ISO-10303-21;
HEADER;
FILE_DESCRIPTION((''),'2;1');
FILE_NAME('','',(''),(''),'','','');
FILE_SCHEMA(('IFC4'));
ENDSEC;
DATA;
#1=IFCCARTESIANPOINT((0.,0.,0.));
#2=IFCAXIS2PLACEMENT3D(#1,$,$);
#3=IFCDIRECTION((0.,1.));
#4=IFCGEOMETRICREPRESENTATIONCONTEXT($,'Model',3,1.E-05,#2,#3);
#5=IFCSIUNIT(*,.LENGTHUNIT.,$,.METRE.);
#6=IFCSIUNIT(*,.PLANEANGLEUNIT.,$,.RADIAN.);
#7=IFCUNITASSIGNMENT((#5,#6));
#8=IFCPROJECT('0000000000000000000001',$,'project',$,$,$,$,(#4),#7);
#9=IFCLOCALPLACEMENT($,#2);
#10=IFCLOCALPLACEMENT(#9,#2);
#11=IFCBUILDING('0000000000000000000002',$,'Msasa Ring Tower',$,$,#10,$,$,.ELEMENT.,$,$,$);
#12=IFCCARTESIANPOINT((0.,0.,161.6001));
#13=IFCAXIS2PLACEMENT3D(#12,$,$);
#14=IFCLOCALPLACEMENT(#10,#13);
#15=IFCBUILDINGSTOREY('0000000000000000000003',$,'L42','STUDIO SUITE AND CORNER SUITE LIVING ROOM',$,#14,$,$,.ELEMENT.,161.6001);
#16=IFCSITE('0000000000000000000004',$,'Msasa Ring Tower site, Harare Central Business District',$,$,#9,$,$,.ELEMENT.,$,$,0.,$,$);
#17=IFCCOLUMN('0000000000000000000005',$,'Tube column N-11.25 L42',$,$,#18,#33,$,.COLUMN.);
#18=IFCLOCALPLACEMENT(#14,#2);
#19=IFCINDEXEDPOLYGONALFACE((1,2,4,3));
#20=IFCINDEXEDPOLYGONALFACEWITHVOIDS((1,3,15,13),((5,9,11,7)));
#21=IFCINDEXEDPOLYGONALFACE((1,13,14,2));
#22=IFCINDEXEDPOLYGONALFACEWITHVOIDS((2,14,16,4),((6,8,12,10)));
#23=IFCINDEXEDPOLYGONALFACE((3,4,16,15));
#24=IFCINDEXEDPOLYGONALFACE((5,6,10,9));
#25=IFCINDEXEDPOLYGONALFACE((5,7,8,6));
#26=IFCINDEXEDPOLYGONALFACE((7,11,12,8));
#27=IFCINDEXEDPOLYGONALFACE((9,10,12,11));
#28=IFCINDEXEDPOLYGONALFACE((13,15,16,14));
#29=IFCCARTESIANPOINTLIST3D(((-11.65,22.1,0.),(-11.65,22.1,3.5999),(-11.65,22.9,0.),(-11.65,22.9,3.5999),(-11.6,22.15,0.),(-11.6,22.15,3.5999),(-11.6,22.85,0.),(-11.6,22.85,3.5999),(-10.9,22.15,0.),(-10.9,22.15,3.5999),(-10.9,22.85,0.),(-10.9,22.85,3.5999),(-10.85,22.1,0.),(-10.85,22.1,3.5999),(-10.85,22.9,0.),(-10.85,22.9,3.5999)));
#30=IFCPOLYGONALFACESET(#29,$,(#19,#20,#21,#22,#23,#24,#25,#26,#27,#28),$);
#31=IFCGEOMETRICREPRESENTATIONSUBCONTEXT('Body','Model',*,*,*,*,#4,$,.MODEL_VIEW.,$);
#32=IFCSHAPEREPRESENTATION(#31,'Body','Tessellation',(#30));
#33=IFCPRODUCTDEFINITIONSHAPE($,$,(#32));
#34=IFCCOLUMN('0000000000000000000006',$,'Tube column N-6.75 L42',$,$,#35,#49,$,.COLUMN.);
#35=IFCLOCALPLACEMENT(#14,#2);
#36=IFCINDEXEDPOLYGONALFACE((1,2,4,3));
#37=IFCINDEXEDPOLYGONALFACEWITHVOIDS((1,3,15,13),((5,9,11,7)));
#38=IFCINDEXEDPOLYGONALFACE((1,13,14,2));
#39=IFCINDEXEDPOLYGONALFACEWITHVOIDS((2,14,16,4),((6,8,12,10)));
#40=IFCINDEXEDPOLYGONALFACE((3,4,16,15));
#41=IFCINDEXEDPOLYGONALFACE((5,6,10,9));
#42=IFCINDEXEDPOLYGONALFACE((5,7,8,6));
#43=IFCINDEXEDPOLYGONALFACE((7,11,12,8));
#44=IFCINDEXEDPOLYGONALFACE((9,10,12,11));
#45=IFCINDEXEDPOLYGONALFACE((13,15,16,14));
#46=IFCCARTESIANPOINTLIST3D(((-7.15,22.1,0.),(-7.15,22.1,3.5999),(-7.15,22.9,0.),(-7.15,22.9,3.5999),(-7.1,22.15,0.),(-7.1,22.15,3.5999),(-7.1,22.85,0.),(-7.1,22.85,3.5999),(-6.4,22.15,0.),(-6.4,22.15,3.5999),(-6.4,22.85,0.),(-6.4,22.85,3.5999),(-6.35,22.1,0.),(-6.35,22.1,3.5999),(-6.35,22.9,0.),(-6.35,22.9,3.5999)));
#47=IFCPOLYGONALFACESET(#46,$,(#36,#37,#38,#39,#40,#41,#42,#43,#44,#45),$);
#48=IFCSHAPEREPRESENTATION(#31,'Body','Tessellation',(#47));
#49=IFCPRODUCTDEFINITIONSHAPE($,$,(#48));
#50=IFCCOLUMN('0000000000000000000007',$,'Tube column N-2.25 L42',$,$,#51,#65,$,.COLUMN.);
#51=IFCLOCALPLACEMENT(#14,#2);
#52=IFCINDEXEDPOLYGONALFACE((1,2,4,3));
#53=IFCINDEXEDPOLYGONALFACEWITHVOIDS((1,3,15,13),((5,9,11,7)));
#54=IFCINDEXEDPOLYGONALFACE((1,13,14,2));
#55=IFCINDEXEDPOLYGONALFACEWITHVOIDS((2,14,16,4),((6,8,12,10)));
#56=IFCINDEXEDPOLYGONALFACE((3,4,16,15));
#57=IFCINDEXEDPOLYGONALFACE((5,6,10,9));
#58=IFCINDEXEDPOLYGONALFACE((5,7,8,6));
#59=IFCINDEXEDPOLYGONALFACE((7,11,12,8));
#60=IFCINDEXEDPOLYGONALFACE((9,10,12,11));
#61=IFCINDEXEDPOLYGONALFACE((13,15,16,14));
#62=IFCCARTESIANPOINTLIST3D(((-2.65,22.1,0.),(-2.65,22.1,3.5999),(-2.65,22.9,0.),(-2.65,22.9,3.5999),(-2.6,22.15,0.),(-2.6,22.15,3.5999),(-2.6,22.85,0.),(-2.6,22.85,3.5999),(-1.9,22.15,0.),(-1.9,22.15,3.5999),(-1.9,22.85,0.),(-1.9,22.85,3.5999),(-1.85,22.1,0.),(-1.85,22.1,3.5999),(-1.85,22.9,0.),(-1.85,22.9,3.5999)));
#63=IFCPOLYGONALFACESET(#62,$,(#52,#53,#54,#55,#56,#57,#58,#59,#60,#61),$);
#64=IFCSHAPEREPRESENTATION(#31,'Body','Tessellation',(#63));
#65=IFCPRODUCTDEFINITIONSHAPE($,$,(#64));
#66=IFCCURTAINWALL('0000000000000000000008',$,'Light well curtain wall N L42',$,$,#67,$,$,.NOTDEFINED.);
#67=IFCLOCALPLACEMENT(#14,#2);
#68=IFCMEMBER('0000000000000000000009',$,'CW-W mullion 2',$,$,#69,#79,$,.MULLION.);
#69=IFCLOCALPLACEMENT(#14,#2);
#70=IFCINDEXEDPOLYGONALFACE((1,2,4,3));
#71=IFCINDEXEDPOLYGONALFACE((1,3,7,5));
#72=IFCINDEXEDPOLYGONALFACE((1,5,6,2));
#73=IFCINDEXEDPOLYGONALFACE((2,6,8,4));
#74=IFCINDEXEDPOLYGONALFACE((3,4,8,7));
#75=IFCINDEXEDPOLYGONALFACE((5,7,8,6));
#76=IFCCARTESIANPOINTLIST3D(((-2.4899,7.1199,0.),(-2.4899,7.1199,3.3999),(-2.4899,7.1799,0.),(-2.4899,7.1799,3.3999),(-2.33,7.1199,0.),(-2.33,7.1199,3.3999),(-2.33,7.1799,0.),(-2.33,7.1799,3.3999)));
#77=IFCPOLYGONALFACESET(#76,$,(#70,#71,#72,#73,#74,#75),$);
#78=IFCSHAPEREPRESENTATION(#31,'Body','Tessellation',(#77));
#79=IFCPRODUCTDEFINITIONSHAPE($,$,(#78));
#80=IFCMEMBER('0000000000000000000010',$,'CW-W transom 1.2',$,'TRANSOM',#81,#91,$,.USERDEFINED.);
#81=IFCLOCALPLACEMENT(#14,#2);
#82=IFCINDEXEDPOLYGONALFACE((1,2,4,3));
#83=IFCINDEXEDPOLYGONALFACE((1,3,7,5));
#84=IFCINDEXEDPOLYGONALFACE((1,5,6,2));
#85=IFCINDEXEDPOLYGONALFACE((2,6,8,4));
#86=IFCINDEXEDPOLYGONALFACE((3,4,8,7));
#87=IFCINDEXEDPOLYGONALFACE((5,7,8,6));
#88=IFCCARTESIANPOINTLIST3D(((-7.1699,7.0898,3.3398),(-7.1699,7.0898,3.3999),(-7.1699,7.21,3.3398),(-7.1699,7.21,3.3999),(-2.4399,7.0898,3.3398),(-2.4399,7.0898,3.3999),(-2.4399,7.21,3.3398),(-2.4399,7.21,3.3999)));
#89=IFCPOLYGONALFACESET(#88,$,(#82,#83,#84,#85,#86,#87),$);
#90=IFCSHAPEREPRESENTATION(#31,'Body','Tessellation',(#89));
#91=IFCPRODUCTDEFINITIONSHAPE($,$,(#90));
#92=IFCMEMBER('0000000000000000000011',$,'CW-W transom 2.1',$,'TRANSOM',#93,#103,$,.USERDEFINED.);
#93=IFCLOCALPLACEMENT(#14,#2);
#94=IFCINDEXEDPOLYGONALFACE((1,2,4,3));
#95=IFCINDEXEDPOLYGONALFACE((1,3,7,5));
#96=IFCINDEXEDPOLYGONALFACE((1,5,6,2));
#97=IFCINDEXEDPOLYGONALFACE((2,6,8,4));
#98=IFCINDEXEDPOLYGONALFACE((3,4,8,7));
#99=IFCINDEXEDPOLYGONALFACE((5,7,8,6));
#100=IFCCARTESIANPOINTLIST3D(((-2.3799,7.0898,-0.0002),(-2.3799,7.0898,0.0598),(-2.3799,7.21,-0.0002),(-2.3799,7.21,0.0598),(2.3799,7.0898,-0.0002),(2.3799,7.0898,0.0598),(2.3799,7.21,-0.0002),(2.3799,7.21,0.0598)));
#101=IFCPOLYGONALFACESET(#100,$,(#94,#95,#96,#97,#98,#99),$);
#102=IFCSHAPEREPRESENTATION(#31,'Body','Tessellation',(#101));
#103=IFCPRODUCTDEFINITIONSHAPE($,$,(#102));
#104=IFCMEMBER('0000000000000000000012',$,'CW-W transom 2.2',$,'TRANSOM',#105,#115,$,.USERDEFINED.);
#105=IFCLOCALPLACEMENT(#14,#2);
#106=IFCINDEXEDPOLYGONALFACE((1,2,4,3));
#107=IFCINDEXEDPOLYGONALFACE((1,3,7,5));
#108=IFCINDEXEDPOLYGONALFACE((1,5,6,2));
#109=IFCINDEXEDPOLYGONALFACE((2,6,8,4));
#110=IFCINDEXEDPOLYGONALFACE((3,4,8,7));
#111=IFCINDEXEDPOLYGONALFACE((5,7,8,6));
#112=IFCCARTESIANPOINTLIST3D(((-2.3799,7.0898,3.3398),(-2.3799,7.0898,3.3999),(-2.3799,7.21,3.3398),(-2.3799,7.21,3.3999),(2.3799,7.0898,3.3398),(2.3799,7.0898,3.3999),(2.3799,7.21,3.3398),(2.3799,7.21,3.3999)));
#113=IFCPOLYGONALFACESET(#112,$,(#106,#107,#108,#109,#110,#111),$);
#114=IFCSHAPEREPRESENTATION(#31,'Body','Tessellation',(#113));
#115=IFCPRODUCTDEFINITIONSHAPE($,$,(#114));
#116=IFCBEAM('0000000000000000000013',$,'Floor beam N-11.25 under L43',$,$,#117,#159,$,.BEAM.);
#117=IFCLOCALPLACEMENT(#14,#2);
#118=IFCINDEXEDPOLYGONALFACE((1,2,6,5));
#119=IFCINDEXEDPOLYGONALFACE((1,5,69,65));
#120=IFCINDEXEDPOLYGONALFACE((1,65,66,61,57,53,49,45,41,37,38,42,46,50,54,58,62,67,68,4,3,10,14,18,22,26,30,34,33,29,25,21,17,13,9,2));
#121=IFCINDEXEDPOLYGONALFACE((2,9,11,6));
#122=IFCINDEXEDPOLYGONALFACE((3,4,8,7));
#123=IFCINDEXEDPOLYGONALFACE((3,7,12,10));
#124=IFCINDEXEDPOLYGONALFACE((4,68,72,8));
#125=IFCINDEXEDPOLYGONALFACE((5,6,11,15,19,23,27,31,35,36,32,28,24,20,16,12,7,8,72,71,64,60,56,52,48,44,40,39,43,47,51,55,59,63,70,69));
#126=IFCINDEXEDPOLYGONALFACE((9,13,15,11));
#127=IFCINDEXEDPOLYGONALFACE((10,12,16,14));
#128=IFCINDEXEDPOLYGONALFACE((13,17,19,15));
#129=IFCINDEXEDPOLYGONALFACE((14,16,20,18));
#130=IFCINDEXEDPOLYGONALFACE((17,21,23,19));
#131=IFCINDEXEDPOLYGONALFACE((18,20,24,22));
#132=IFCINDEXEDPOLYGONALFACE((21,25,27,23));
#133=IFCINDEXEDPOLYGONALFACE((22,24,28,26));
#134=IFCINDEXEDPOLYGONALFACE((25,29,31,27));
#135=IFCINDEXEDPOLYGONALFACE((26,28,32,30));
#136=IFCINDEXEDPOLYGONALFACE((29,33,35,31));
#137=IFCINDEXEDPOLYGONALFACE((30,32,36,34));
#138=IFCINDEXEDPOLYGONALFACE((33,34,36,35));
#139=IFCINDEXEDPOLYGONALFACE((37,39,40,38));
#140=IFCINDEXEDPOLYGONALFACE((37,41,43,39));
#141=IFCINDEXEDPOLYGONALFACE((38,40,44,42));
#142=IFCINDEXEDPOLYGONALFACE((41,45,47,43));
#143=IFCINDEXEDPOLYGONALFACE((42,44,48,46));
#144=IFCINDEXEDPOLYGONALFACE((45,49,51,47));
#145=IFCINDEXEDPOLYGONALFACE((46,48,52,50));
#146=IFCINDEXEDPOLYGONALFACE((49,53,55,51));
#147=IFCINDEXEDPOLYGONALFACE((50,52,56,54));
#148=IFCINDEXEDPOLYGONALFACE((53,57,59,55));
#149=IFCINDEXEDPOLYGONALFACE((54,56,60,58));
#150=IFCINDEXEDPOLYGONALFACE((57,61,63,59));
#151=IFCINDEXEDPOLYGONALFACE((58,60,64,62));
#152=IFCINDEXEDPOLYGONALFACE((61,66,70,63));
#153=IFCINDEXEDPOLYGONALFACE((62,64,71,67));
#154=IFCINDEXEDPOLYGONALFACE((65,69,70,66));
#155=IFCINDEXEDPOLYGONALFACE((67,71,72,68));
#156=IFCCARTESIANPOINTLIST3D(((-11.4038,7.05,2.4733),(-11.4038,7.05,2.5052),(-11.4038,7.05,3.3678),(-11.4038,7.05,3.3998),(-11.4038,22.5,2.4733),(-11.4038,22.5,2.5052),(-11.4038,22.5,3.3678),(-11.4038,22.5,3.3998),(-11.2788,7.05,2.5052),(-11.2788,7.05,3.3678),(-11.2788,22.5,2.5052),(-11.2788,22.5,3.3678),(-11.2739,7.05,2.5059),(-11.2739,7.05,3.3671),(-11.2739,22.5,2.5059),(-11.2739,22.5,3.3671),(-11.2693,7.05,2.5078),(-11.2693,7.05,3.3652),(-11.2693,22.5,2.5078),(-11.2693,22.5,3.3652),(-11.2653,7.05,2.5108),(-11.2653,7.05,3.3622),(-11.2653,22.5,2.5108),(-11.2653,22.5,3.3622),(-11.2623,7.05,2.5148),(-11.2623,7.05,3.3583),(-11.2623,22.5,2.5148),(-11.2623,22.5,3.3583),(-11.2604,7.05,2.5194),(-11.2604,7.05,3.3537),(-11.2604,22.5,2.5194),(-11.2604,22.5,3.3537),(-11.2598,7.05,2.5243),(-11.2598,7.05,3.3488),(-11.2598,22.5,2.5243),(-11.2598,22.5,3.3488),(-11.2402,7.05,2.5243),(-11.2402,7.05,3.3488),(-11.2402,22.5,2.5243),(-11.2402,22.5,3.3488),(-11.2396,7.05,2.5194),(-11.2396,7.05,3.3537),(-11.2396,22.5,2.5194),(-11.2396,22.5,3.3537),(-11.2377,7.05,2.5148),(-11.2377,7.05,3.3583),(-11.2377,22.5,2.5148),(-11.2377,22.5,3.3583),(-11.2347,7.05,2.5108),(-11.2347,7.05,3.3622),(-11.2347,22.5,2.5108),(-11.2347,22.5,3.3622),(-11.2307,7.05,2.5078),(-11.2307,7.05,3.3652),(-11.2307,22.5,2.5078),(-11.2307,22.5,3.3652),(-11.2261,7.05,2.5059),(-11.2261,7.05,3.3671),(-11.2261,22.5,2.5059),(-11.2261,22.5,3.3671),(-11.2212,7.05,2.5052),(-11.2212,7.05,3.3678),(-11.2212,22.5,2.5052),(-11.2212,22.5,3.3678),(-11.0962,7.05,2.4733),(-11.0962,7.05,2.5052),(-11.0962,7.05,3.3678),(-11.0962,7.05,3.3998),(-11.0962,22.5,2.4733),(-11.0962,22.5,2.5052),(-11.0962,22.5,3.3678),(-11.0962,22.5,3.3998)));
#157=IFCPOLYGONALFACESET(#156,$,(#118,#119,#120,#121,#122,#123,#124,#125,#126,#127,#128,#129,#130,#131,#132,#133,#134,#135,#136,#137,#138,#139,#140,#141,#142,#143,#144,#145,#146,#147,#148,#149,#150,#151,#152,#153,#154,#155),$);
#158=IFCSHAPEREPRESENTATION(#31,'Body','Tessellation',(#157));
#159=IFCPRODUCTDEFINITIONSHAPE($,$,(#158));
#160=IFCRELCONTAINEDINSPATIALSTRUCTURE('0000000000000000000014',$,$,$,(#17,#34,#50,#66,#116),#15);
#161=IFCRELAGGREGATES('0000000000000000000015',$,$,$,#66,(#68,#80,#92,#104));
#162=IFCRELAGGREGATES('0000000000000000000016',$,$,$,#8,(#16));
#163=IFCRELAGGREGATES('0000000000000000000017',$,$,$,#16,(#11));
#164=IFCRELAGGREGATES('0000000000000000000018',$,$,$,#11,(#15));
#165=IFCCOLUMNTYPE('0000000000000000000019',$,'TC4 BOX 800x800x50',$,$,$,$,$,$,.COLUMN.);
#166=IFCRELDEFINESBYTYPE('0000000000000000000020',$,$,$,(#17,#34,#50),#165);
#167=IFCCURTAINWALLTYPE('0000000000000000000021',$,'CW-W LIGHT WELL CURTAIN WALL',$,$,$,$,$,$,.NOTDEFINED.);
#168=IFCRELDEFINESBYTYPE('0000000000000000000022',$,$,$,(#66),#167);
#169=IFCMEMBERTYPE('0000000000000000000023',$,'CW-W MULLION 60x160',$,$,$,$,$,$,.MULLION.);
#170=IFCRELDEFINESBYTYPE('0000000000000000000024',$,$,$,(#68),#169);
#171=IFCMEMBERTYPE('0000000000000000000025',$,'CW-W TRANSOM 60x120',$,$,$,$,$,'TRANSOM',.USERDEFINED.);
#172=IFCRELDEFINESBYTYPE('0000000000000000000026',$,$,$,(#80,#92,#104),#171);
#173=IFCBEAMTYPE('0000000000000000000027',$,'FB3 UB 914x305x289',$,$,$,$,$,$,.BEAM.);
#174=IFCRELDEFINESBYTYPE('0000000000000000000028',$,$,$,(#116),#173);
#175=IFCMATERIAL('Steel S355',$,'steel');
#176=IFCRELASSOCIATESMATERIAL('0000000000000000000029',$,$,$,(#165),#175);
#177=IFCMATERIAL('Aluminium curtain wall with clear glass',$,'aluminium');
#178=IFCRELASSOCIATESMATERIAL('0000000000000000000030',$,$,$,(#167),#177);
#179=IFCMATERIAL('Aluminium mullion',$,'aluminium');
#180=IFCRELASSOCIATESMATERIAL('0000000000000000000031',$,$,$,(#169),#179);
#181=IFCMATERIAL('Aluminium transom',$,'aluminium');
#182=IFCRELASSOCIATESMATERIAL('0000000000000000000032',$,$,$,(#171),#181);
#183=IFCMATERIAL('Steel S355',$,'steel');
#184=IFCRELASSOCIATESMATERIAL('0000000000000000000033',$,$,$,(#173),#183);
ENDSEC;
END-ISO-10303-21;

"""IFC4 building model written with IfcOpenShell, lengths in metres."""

from ifc_helpers import new_model, si_unit, direction, frame, origin, origin_2d, place, context, subcontext, project, spatial, rectangle, hollow_rectangle, i_section, extrude, material, material_profile, profile_set, type_object, element, aggregate, save


model = new_model("IFC4")

# Units and contexts
model_context = context("Model", 3, precision=1e-05, world=origin(), true_north=direction((0.0, 1.0)))
body_context = subcontext(model_context, "Body", "Model", "MODEL_VIEW")
ifc_project = project(units=[si_unit("LENGTHUNIT", "METRE"), si_unit("PLANEANGLEUNIT", "RADIAN")], contexts=[model_context])

# Site, building, storey
site_placement = place(None, origin())
site = spatial("IfcSite", under=ifc_project, at=site_placement, Name="Msasa Ring Tower site, Harare Central Business District", CompositionType="ELEMENT", RefElevation=0.0)
building_placement = place(site_placement, origin())
building = spatial("IfcBuilding", under=site, at=building_placement, Name="Msasa Ring Tower", CompositionType="ELEMENT")
storey_placement = place(building_placement, frame((0.0, 0.0, 161.6001)))
storey = spatial("IfcBuildingStorey", under=building, at=storey_placement, Name="L42", Description="STUDIO SUITE AND CORNER SUITE LIVING ROOM", CompositionType="ELEMENT", Elevation=161.6001)

# Columns
ifc_material_1 = material(Name="Steel S355", Category="steel")
ifc_material_profile_1 = material_profile(ifc_material_1, hollow_rectangle(XDim=0.8, YDim=0.8, WallThickness=0.05, at=origin_2d()), Name="BOX 800x800x50")
ifc_profile_set_1 = profile_set([ifc_material_profile_1], Name="Steel S355")
column_type = type_object("IfcColumnType", Name="TC4 BOX 800x800x50", PredefinedType="COLUMN", material=ifc_profile_set_1)
for number, where, z_axis, x_axis, name in (
    (1, (-11.25, 22.5, 0.0), (0.0, 0.0, 1.0), (0.0, 1.0, 0.0), "Tube column N-11.25 L42"),
    (2, (-6.75, 22.5, 0.0), (0.0, 0.0, 1.0), (0.0, 1.0, 0.0), "Tube column N-6.75 L42"),
    (3, (-2.25, 22.5, 0.0), (0.0, 0.0, 1.0), (0.0, 1.0, 0.0), "Tube column N-2.25 L42"),
):
    element("IfcColumn", number, at=place(storey_placement, frame(where, z_axis=z_axis, x_axis=x_axis)), inside=storey, type_object=column_type, Name=name, PredefinedType="COLUMN", context=body_context, shape_type="SweptSolid", body=[
        extrude(hollow_rectangle(XDim=0.8, YDim=0.8, WallThickness=0.05, at=origin_2d()), origin(), (0.0, 0.0, 1.0), 3.5999),
    ])

# Curtain wall, members
ifc_material_2 = material(Name="Aluminium curtain wall with clear glass", Category="aluminium")
curtain_wall_type = type_object("IfcCurtainWallType", Name="CW-W LIGHT WELL CURTAIN WALL", PredefinedType="NOTDEFINED", material=ifc_material_2)
curtain_wall_placement = place(storey_placement, origin())
curtain_wall = element("IfcCurtainWall", 4, at=curtain_wall_placement, inside=storey, type_object=curtain_wall_type, Name="Light well curtain wall N L42", PredefinedType="NOTDEFINED")
ifc_material_3 = material(Name="Aluminium mullion", Category="aluminium")
ifc_material_profile_2 = material_profile(ifc_material_3, rectangle(XDim=0.0601, YDim=0.1599, at=origin_2d()), Name="AL 60x160")
ifc_profile_set_2 = profile_set([ifc_material_profile_2], Name="Aluminium mullion")
member_type_1 = type_object("IfcMemberType", Name="CW-W MULLION 60x160", PredefinedType="MULLION", material=ifc_profile_set_2)
member_1_placement = place(storey_placement, frame((-2.4099, 7.1499, 0.0), z_axis=(0.0, 0.0, 1.0), x_axis=(0.0, 1.0, 0.0)))
member_1 = element("IfcMember", 5, at=member_1_placement, type_object=member_type_1, Name="CW-W mullion 2", PredefinedType="MULLION", context=body_context, shape_type="SweptSolid", body=[
    extrude(rectangle(XDim=0.0601, YDim=0.1599, at=origin_2d()), origin(), (0.0, 0.0, 1.0), 3.3999),
])
ifc_material_4 = material(Name="Aluminium transom", Category="aluminium")
ifc_material_profile_3 = material_profile(ifc_material_4, rectangle(XDim=0.1201, YDim=0.0601, at=origin_2d()), Name="AL 60x120")
ifc_profile_set_3 = profile_set([ifc_material_profile_3], Name="Aluminium transom")
member_type_2 = type_object("IfcMemberType", Name="CW-W TRANSOM 60x120", ElementType="TRANSOM", PredefinedType="USERDEFINED", material=ifc_profile_set_3)
member_2_placement = place(storey_placement, frame((-7.1699, 7.1499, 3.3699), z_axis=(1.0, 0.0, 0.0), x_axis=(0.0, 1.0, 0.0)))
member_2 = element("IfcMember", 6, at=member_2_placement, type_object=member_type_2, Name="CW-W transom 1.2", ObjectType="TRANSOM", PredefinedType="USERDEFINED", context=body_context, shape_type="SweptSolid", body=[
    extrude(rectangle(XDim=0.1201, YDim=0.0601, at=origin_2d()), origin(), (0.0, 0.0, 1.0), 4.73),
])
member_3_placement = place(storey_placement, frame((-2.3799, 7.1499, 0.0298), z_axis=(1.0, 0.0, 0.0), x_axis=(0.0, 1.0, 0.0)))
member_3 = element("IfcMember", 7, at=member_3_placement, type_object=member_type_2, Name="CW-W transom 2.1", ObjectType="TRANSOM", PredefinedType="USERDEFINED", context=body_context, shape_type="SweptSolid", body=[
    extrude(rectangle(XDim=0.1201, YDim=0.0601, at=origin_2d()), origin(), (0.0, 0.0, 1.0), 4.7598),
])
member_4_placement = place(storey_placement, frame((-2.3799, 7.1499, 3.3699), z_axis=(1.0, 0.0, 0.0), x_axis=(0.0, 1.0, 0.0)))
member_4 = element("IfcMember", 8, at=member_4_placement, type_object=member_type_2, Name="CW-W transom 2.2", ObjectType="TRANSOM", PredefinedType="USERDEFINED", context=body_context, shape_type="SweptSolid", body=[
    extrude(rectangle(XDim=0.1201, YDim=0.0601, at=origin_2d()), origin(), (0.0, 0.0, 1.0), 4.7598),
])

# Beam
ifc_material_5 = material(Name="Steel S355", Category="steel")
ifc_material_profile_4 = material_profile(ifc_material_5, i_section(OverallWidth=0.3076, OverallDepth=0.9265, WebThickness=0.0195, FlangeThickness=0.032, FilletRadius=0.019, at=origin_2d()), Name="UB 914x305x289")
ifc_profile_set_4 = profile_set([ifc_material_profile_4], Name="Steel S355")
beam_type_1 = type_object("IfcBeamType", Name="FB3 UB 914x305x289", PredefinedType="BEAM", material=ifc_profile_set_4)
beam_placement = place(storey_placement, frame((-11.25, 22.5, 2.9365), z_axis=(0.0, -1.0, 0.0), x_axis=(1.0, 0.0, 0.0)))
element("IfcBeam", 9, at=beam_placement, inside=storey, type_object=beam_type_1, Name="Floor beam N-11.25 under L43", PredefinedType="BEAM", context=body_context, shape_type="SweptSolid", body=[
    extrude(i_section(OverallWidth=0.3076, OverallDepth=0.9265, WebThickness=0.0195, FlangeThickness=0.032, FilletRadius=0.019, at=origin_2d()), origin(), (0.0, 0.0, 1.0), 15.45),
])

aggregate(curtain_wall, [member_1, member_2, member_3, member_4])

save(model, "model.ifc")
